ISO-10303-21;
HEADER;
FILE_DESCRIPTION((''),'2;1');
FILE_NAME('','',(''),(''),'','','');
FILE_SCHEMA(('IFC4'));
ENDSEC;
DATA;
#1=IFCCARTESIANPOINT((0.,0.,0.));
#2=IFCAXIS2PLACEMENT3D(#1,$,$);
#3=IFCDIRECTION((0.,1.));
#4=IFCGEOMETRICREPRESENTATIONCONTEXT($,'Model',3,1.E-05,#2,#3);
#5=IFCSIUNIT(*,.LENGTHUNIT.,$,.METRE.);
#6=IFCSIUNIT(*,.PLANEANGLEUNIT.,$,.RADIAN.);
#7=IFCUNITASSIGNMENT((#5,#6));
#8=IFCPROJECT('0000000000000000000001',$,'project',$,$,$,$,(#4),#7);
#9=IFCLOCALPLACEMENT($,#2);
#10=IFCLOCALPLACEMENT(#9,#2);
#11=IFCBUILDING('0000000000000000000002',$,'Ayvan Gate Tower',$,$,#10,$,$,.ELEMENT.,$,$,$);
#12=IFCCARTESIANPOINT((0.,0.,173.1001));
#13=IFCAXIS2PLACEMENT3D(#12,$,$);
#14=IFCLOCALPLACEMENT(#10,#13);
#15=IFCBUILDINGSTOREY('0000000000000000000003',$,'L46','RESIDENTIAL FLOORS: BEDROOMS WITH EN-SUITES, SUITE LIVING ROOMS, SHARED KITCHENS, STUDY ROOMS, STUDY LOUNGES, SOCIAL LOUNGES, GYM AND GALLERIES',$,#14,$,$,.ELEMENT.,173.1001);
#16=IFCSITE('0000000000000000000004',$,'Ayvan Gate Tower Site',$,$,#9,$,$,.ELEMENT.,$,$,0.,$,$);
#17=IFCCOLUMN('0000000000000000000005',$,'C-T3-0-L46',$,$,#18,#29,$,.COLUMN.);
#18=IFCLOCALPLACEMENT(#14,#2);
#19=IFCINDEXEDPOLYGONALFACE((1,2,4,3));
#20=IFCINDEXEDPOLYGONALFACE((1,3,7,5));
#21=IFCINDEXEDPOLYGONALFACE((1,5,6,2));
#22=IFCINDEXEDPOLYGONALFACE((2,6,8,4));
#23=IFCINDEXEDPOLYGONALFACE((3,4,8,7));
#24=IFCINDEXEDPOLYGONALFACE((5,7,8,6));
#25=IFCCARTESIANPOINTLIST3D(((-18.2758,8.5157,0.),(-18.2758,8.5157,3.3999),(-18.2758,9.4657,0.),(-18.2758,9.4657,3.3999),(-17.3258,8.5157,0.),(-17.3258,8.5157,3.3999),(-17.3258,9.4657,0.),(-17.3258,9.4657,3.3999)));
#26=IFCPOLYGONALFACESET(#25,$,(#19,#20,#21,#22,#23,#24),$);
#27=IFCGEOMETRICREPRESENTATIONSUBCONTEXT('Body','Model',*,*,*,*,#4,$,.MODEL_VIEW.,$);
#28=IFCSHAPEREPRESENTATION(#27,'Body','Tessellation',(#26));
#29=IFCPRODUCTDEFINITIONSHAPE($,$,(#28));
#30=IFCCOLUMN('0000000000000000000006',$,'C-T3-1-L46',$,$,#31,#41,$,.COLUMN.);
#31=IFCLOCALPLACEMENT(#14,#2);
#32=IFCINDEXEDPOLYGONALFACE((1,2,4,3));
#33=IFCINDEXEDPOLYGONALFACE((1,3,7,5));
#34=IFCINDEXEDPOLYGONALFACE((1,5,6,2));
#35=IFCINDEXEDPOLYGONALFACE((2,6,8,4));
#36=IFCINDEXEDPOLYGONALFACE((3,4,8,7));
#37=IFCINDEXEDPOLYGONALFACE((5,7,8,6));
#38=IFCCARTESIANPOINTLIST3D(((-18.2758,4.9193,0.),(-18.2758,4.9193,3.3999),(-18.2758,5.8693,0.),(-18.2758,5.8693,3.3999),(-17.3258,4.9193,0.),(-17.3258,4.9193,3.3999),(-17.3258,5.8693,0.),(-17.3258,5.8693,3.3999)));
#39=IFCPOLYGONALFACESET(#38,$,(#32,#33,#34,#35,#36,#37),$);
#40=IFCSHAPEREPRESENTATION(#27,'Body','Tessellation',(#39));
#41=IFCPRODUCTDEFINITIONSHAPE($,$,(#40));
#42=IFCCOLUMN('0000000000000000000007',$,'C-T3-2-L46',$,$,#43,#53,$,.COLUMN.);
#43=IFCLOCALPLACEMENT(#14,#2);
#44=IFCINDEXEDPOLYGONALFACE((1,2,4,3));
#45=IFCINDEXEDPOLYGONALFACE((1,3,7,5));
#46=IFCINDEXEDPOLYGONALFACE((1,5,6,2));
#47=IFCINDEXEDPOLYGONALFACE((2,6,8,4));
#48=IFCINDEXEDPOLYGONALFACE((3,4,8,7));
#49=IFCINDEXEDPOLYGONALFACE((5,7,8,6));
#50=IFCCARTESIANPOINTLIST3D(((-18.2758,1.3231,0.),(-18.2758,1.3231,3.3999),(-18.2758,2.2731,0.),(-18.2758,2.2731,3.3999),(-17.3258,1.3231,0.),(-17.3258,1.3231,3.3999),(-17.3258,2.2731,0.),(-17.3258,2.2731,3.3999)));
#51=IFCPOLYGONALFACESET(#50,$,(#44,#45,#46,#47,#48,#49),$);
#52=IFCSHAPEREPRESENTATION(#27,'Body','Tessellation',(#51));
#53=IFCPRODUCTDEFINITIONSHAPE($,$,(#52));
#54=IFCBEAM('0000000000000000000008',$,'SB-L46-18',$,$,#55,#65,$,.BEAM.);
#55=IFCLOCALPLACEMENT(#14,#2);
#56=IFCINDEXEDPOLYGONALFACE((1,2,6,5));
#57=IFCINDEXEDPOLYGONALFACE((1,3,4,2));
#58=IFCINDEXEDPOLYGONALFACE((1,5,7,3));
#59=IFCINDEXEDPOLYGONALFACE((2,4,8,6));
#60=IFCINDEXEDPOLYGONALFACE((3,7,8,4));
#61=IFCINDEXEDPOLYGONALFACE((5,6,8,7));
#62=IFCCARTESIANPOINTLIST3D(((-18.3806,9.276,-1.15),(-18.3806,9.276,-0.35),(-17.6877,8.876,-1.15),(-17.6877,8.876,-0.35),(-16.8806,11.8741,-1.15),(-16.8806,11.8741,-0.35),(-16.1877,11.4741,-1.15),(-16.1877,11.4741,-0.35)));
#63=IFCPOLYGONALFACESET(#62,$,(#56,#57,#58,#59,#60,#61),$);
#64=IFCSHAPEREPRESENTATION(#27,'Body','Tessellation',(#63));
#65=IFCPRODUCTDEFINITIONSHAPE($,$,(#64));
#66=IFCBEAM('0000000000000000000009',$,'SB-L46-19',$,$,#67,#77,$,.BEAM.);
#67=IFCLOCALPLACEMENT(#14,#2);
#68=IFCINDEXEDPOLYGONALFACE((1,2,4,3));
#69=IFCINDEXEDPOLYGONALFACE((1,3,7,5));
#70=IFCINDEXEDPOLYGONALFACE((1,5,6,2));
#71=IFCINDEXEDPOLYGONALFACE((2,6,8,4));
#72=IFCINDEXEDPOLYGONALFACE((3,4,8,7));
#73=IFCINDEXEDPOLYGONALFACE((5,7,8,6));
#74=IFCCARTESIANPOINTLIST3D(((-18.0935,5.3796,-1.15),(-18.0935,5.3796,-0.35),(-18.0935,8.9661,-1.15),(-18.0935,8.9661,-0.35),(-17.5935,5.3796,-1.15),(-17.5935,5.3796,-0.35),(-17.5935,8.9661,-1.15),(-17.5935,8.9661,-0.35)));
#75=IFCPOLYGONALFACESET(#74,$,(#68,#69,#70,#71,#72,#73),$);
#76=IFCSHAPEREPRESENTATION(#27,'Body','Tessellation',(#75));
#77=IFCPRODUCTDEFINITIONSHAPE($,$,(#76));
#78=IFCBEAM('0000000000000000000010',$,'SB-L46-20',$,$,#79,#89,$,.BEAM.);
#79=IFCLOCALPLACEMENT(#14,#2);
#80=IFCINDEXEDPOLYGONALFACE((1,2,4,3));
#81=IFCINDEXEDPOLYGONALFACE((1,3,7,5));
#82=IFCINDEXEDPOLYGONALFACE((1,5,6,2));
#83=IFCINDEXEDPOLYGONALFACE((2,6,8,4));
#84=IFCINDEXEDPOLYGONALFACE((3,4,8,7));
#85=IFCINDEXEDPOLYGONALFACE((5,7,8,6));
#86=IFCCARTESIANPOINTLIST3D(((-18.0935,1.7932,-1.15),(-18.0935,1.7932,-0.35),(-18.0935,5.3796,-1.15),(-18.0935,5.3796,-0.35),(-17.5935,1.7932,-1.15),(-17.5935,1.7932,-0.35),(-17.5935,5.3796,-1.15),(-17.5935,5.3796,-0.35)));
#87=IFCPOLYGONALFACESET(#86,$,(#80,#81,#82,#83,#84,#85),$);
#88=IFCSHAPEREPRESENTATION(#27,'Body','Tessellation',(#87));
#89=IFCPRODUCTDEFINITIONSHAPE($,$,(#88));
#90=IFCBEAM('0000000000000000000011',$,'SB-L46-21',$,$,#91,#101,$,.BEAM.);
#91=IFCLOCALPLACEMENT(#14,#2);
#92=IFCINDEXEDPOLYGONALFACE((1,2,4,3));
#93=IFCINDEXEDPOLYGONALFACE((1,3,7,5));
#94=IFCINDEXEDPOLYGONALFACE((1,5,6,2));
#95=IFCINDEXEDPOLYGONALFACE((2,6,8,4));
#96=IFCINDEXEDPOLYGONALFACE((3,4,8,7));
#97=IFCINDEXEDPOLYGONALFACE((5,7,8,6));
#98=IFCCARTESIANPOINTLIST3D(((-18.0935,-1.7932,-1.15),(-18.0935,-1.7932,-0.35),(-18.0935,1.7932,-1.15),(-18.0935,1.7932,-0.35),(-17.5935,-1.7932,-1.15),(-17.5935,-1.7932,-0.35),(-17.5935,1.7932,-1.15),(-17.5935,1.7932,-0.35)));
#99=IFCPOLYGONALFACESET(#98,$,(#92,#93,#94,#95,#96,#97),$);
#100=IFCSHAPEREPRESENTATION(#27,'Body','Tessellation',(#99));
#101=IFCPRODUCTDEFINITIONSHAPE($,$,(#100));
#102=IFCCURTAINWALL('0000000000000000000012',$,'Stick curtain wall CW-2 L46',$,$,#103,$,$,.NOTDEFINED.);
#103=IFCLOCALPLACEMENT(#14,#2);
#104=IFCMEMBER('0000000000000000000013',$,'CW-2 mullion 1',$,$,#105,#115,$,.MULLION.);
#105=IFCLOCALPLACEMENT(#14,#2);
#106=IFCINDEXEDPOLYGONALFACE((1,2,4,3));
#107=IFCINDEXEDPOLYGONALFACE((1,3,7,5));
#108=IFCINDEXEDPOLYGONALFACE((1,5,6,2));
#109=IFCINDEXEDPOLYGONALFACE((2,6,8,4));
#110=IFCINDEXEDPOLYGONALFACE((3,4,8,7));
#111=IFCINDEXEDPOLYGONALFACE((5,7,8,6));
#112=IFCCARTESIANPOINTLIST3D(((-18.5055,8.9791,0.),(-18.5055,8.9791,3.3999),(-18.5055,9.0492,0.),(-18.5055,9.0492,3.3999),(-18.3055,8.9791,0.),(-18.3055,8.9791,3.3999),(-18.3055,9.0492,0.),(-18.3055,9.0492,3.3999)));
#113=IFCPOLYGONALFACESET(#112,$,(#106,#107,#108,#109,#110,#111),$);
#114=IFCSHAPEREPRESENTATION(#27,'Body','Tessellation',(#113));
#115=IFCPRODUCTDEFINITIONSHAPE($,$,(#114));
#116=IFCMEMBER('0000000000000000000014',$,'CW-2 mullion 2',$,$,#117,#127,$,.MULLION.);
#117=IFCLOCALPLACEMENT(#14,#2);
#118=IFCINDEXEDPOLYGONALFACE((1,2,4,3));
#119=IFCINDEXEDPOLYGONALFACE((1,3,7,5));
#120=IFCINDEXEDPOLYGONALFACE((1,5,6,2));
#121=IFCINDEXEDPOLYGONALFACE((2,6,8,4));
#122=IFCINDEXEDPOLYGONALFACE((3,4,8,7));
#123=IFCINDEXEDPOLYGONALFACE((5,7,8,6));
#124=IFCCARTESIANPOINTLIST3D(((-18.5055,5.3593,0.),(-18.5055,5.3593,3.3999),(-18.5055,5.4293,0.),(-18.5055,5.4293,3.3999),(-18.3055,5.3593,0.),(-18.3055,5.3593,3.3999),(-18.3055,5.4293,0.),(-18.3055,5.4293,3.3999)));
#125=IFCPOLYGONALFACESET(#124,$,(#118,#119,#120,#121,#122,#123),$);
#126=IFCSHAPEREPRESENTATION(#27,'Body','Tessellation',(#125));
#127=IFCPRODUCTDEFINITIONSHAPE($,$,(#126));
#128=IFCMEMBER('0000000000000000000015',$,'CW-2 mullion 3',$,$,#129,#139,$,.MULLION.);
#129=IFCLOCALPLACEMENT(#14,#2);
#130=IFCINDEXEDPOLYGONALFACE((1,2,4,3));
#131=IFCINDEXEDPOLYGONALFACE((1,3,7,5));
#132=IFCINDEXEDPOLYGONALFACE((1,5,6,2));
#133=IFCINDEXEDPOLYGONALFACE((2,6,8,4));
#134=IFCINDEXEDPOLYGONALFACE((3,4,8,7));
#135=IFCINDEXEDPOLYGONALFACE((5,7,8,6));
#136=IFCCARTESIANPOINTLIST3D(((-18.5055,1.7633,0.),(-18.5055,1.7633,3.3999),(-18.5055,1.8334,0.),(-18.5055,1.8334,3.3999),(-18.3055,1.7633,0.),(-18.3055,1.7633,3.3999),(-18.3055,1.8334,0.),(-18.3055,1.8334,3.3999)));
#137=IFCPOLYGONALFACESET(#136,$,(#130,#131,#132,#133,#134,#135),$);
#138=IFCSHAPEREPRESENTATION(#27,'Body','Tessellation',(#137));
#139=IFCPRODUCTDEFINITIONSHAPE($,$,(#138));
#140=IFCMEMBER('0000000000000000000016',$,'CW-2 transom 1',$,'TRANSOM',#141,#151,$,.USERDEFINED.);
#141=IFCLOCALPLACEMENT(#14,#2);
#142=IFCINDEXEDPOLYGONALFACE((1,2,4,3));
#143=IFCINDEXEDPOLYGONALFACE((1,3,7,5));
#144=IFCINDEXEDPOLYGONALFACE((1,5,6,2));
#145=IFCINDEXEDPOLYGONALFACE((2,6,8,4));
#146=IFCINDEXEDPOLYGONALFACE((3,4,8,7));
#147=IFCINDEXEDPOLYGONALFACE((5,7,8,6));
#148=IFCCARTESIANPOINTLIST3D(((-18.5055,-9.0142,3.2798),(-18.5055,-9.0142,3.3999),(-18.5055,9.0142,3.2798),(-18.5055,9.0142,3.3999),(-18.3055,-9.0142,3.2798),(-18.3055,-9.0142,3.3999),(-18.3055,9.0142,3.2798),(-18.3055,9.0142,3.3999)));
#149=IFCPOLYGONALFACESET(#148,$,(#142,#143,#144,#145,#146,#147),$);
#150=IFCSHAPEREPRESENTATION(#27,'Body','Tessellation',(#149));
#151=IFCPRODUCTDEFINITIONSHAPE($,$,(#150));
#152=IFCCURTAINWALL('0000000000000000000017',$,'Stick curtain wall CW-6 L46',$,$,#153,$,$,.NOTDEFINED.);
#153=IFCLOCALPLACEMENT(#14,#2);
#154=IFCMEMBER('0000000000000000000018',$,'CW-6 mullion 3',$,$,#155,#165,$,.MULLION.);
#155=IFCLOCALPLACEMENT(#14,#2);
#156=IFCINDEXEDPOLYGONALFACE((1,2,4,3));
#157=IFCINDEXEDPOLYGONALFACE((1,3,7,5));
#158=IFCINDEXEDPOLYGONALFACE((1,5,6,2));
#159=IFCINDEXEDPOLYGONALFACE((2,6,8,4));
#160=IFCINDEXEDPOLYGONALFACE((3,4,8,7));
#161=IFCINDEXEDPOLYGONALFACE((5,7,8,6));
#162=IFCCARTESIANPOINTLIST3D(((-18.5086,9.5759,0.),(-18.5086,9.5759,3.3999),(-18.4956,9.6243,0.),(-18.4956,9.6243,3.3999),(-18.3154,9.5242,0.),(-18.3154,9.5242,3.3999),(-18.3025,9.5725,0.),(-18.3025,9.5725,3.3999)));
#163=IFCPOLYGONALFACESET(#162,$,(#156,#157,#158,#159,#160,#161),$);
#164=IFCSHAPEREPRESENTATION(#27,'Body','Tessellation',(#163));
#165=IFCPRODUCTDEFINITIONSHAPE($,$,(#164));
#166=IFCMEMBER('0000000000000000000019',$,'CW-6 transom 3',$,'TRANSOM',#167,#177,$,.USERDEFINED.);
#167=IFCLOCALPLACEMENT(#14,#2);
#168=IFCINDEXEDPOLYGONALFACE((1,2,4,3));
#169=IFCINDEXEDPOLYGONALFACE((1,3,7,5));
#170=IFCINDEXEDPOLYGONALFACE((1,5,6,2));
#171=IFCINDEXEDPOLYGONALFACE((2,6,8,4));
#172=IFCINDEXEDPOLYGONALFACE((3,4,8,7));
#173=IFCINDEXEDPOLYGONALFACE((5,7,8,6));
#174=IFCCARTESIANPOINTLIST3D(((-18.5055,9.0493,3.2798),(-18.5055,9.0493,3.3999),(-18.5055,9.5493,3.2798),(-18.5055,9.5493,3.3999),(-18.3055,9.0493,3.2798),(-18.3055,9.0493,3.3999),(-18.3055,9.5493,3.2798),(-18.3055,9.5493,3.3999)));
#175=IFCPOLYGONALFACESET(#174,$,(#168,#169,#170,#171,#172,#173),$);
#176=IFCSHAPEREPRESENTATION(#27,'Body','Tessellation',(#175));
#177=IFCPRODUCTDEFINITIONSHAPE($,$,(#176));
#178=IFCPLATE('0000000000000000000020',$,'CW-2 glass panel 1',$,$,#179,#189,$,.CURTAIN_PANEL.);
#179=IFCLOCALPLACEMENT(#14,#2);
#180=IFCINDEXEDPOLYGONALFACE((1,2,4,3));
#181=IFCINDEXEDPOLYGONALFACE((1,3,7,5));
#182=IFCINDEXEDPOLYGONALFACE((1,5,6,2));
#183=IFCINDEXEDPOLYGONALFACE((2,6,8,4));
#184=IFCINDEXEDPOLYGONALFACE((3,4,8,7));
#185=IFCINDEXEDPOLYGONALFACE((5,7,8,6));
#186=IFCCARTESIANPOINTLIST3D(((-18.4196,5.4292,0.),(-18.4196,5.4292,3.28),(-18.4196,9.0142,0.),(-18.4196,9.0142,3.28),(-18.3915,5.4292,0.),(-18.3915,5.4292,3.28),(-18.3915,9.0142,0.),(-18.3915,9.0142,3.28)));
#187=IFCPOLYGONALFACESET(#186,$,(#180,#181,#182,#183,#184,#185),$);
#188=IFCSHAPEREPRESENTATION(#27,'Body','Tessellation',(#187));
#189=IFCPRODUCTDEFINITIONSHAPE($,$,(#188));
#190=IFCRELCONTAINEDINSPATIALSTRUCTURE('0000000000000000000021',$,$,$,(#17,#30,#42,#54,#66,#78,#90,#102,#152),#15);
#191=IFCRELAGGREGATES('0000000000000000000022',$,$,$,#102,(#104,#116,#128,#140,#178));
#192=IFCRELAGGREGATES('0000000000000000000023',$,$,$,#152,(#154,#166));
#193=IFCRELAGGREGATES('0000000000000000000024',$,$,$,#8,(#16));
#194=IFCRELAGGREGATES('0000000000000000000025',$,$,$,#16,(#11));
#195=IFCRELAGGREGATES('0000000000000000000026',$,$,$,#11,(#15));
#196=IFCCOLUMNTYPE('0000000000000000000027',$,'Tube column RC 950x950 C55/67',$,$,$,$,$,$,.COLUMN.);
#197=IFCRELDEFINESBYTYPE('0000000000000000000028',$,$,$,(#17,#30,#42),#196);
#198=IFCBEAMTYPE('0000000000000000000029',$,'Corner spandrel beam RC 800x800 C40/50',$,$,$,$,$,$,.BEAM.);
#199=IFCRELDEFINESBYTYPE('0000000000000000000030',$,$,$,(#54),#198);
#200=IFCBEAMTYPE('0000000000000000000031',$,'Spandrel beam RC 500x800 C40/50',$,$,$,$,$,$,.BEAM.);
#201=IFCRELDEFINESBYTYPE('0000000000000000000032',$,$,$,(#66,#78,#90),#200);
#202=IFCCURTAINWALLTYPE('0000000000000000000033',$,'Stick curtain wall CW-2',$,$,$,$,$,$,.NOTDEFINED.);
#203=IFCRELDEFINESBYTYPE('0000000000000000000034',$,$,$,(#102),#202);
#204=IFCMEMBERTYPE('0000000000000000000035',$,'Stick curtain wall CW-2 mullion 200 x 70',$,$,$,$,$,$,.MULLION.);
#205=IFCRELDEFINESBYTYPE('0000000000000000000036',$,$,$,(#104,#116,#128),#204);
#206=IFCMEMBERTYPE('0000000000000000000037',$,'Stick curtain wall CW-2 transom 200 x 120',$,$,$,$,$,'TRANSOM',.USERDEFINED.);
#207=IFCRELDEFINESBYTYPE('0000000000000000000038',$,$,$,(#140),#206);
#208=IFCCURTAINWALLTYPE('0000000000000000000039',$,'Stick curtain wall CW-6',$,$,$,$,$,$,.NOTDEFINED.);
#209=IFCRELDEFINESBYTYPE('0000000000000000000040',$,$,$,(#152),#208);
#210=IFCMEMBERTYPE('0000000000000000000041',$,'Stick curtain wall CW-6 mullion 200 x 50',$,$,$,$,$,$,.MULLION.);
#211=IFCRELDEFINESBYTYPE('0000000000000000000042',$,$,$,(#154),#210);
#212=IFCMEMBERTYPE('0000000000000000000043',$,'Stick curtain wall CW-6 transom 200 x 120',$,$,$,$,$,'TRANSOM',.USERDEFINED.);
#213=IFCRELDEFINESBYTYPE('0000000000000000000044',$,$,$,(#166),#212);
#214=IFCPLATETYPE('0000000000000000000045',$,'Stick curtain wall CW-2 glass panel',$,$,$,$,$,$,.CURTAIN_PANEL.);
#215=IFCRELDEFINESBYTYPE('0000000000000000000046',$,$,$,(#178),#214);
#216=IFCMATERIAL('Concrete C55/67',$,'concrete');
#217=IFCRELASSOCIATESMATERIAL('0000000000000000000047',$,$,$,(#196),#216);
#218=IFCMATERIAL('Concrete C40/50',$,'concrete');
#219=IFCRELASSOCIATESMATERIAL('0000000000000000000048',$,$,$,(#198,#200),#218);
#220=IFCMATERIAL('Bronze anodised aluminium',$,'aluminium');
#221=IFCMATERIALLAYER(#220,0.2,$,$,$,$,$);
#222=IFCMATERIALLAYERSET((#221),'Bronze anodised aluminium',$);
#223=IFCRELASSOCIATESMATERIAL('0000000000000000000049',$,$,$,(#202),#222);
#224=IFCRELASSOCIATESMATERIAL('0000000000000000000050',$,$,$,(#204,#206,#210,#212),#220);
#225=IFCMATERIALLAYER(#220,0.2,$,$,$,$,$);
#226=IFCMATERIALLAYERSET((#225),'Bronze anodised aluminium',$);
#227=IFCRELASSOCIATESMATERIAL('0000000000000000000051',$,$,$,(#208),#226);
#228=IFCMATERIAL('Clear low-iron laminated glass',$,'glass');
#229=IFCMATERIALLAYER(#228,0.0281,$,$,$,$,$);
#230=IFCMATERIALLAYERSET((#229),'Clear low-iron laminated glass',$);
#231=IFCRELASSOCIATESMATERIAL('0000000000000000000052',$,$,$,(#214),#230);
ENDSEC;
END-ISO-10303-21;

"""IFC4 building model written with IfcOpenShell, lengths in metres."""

from ifc_helpers import new_model, si_unit, direction, frame, origin, origin_2d, place, context, subcontext, project, spatial, rectangle, extrude, material, layer, layer_set, material_profile, profile_set, type_object, element, aggregate, save


model = new_model("IFC4")

# Units and contexts
model_context = context("Model", 3, precision=1e-05, world=origin(), true_north=direction((0.0, 1.0)))
body_context = subcontext(model_context, "Body", "Model", "MODEL_VIEW")
ifc_project = project(units=[si_unit("LENGTHUNIT", "METRE"), si_unit("PLANEANGLEUNIT", "RADIAN")], contexts=[model_context])

# Site, building, storey
site_placement = place(None, origin())
site = spatial("IfcSite", under=ifc_project, at=site_placement, Name="Ayvan Gate Tower Site", CompositionType="ELEMENT", RefElevation=0.0)
building_placement = place(site_placement, origin())
building = spatial("IfcBuilding", under=site, at=building_placement, Name="Ayvan Gate Tower", CompositionType="ELEMENT")
storey_placement = place(building_placement, frame((0.0, 0.0, 173.1001)))
storey = spatial("IfcBuildingStorey", under=building, at=storey_placement, Name="L46", Description="RESIDENTIAL FLOORS: BEDROOMS WITH EN-SUITES, SUITE LIVING ROOMS, SHARED KITCHENS, STUDY ROOMS, STUDY LOUNGES, SOCIAL LOUNGES, GYM AND GALLERIES", CompositionType="ELEMENT", Elevation=173.1001)

# Columns
ifc_material_1 = material(Name="Concrete C55/67", Category="concrete")
ifc_material_profile_1 = material_profile(ifc_material_1, rectangle(XDim=0.95, YDim=0.95, at=origin_2d()), Name="RC 950x950")
ifc_profile_set_1 = profile_set([ifc_material_profile_1], Name="Concrete C55/67")
column_type = type_object("IfcColumnType", Name="Tube column RC 950x950 C55/67", PredefinedType="COLUMN", material=ifc_profile_set_1)
for number, where, z_axis, x_axis, name in (
    (1, (-17.8008, 8.9907, 0.0), (0.0, 0.0, 1.0), (-1.0, 0.0, 0.0), "C-T3-0-L46"),
    (2, (-17.8008, 5.3943, 0.0), (0.0, 0.0, 1.0), (-1.0, 0.0, 0.0), "C-T3-1-L46"),
    (3, (-17.8008, 1.7981, 0.0), (0.0, 0.0, 1.0), (-1.0, 0.0, 0.0), "C-T3-2-L46"),
):
    element("IfcColumn", number, at=place(storey_placement, frame(where, z_axis=z_axis, x_axis=x_axis)), inside=storey, type_object=column_type, Name=name, PredefinedType="COLUMN", context=body_context, shape_type="SweptSolid", body=[
        extrude(rectangle(XDim=0.95, YDim=0.95, at=origin_2d()), origin(), (0.0, 0.0, 1.0), 3.3999),
    ])

# Beams
ifc_material_2 = material(Name="Concrete C40/50", Category="concrete")
ifc_material_profile_2 = material_profile(ifc_material_2, rectangle(XDim=0.8, YDim=0.8, at=origin_2d()), Name="RC 800x800")
ifc_profile_set_2 = profile_set([ifc_material_profile_2], Name="Concrete C40/50")
beam_type_1 = type_object("IfcBeamType", Name="Corner spandrel beam RC 800x800 C40/50", PredefinedType="BEAM", material=ifc_profile_set_2)
beam_placement = place(storey_placement, frame((-16.5342, 11.6741, -0.75), z_axis=(-0.49999, -0.866031, 0.0), x_axis=(0.866031, -0.49999, 0.0)))
element("IfcBeam", 4, at=beam_placement, inside=storey, type_object=beam_type_1, Name="SB-L46-18", PredefinedType="BEAM", context=body_context, shape_type="SweptSolid", body=[
    extrude(rectangle(XDim=0.8, YDim=0.8, at=origin_2d()), origin(), (0.0, 0.0, 1.0), 3.0),
])
ifc_material_profile_3 = material_profile(ifc_material_2, rectangle(XDim=0.5, YDim=0.8, at=origin_2d()), Name="RC 500x800")
ifc_profile_set_3 = profile_set([ifc_material_profile_3], Name="Concrete C40/50")
beam_type_2 = type_object("IfcBeamType", Name="Spandrel beam RC 500x800 C40/50", PredefinedType="BEAM", material=ifc_profile_set_3)
for number, where, z_axis, x_axis, name in (
    (5, (-17.8435, 8.9661, -0.75), (0.0, -1.0, 0.0), (1.0, 0.0, 0.0), "SB-L46-19"),
    (6, (-17.8435, 5.3796, -0.75), (0.0, -1.0, 0.0), (1.0, 0.0, 0.0), "SB-L46-20"),
    (7, (-17.8435, 1.7932, -0.75), (0.0, -1.0, 0.0), (1.0, 0.0, 0.0), "SB-L46-21"),
):
    element("IfcBeam", number, at=place(storey_placement, frame(where, z_axis=z_axis, x_axis=x_axis)), inside=storey, type_object=beam_type_2, Name=name, PredefinedType="BEAM", context=body_context, shape_type="SweptSolid", body=[
        extrude(rectangle(XDim=0.5, YDim=0.8, at=origin_2d()), origin(), (0.0, 0.0, 1.0), 3.5864),
    ])

# Curtain walls, members
ifc_material_3 = material(Name="Bronze anodised aluminium", Category="aluminium")
ifc_layer_1 = layer(ifc_material_3, 0.2)
ifc_layer_set_1 = layer_set([ifc_layer_1], Name="Bronze anodised aluminium")
curtain_wall_type_1 = type_object("IfcCurtainWallType", Name="Stick curtain wall CW-2", PredefinedType="NOTDEFINED", material=ifc_layer_set_1)
curtain_wall_1_placement = place(storey_placement, origin())
curtain_wall_1 = element("IfcCurtainWall", 8, at=curtain_wall_1_placement, inside=storey, type_object=curtain_wall_type_1, Name="Stick curtain wall CW-2 L46", PredefinedType="NOTDEFINED")
ifc_material_profile_4 = material_profile(ifc_material_3, rectangle(XDim=0.2, YDim=0.0701, at=origin_2d()), Name="Stick curtain wall CW-2 mullion 200 x 70")
ifc_profile_set_4 = profile_set([ifc_material_profile_4], Name="Bronze anodised aluminium")
member_type_1 = type_object("IfcMemberType", Name="Stick curtain wall CW-2 mullion 200 x 70", PredefinedType="MULLION", material=ifc_profile_set_4)
member_1_placement = place(storey_placement, frame((-18.4055, 9.0142, 0.0), z_axis=(0.0, 0.0, 1.0), x_axis=(-1.0, 0.0, 0.0)))
member_1 = element("IfcMember", 9, at=member_1_placement, type_object=member_type_1, Name="CW-2 mullion 1", PredefinedType="MULLION", context=body_context, shape_type="SweptSolid", body=[
    extrude(rectangle(XDim=0.2, YDim=0.0701, at=origin_2d()), origin(), (0.0, 0.0, 1.0), 3.3999),
])
member_2_placement = place(storey_placement, frame((-18.4055, 5.3943, 0.0), z_axis=(0.0, 0.0, 1.0), x_axis=(-1.0, 0.0, 0.0)))
member_2 = element("IfcMember", 10, at=member_2_placement, type_object=member_type_1, Name="CW-2 mullion 2", PredefinedType="MULLION", context=body_context, shape_type="SweptSolid", body=[
    extrude(rectangle(XDim=0.2, YDim=0.0701, at=origin_2d()), origin(), (0.0, 0.0, 1.0), 3.3999),
])
member_3_placement = place(storey_placement, frame((-18.4055, 1.7983, 0.0), z_axis=(0.0, 0.0, 1.0), x_axis=(-1.0, 0.0, 0.0)))
member_3 = element("IfcMember", 11, at=member_3_placement, type_object=member_type_1, Name="CW-2 mullion 3", PredefinedType="MULLION", context=body_context, shape_type="SweptSolid", body=[
    extrude(rectangle(XDim=0.2, YDim=0.0701, at=origin_2d()), origin(), (0.0, 0.0, 1.0), 3.3999),
])
ifc_material_profile_5 = material_profile(ifc_material_3, rectangle(XDim=0.2, YDim=0.1201, at=origin_2d()), Name="Stick curtain wall CW-2 transom 200 x 120")
ifc_profile_set_5 = profile_set([ifc_material_profile_5], Name="Bronze anodised aluminium")
member_type_2 = type_object("IfcMemberType", Name="Stick curtain wall CW-2 transom 200 x 120", ElementType="TRANSOM", PredefinedType="USERDEFINED", material=ifc_profile_set_5)
member_4_placement = place(storey_placement, frame((-18.4055, 9.0142, 3.3398), z_axis=(0.0, -1.0, 0.0), x_axis=(1.0, 0.0, 0.0)))
member_4 = element("IfcMember", 12, at=member_4_placement, type_object=member_type_2, Name="CW-2 transom 1", ObjectType="TRANSOM", PredefinedType="USERDEFINED", context=body_context, shape_type="SweptSolid", body=[
    extrude(rectangle(XDim=0.2, YDim=0.1201, at=origin_2d()), origin(), (0.0, 0.0, 1.0), 18.0283),
])
ifc_layer_2 = layer(ifc_material_3, 0.2)
ifc_layer_set_2 = layer_set([ifc_layer_2], Name="Bronze anodised aluminium")
curtain_wall_type_2 = type_object("IfcCurtainWallType", Name="Stick curtain wall CW-6", PredefinedType="NOTDEFINED", material=ifc_layer_set_2)
curtain_wall_2_placement = place(storey_placement, origin())
curtain_wall_2 = element("IfcCurtainWall", 13, at=curtain_wall_2_placement, inside=storey, type_object=curtain_wall_type_2, Name="Stick curtain wall CW-6 L46", PredefinedType="NOTDEFINED")
ifc_material_profile_6 = material_profile(ifc_material_3, rectangle(XDim=0.2, YDim=0.05, at=origin_2d()), Name="Stick curtain wall CW-6 mullion 200 x 50")
ifc_profile_set_6 = profile_set([ifc_material_profile_6], Name="Bronze anodised aluminium")
member_type_3 = type_object("IfcMemberType", Name="Stick curtain wall CW-6 mullion 200 x 50", PredefinedType="MULLION", material=ifc_profile_set_6)
member_5_placement = place(storey_placement, frame((-18.4055, 9.5742, 0.0), z_axis=(0.0, 0.0, 1.0), x_axis=(-0.965926, 0.258819, 0.0)))
member_5 = element("IfcMember", 14, at=member_5_placement, type_object=member_type_3, Name="CW-6 mullion 3", PredefinedType="MULLION", context=body_context, shape_type="SweptSolid", body=[
    extrude(rectangle(XDim=0.2, YDim=0.05, at=origin_2d()), origin(), (0.0, 0.0, 1.0), 3.3999),
])
ifc_material_profile_7 = material_profile(ifc_material_3, rectangle(XDim=0.2, YDim=0.1201, at=origin_2d()), Name="Stick curtain wall CW-6 transom 200 x 120")
ifc_profile_set_7 = profile_set([ifc_material_profile_7], Name="Bronze anodised aluminium")
member_type_4 = type_object("IfcMemberType", Name="Stick curtain wall CW-6 transom 200 x 120", ElementType="TRANSOM", PredefinedType="USERDEFINED", material=ifc_profile_set_7)
member_6_placement = place(storey_placement, frame((-18.4055, 9.5493, 3.3398), z_axis=(0.0, -1.0, 0.0), x_axis=(1.0, 0.0, 0.0)))
member_6 = element("IfcMember", 15, at=member_6_placement, type_object=member_type_4, Name="CW-6 transom 3", ObjectType="TRANSOM", PredefinedType="USERDEFINED", context=body_context, shape_type="SweptSolid", body=[
    extrude(rectangle(XDim=0.2, YDim=0.1201, at=origin_2d()), origin(), (0.0, 0.0, 1.0), 0.5),
])

# Plate
ifc_material_4 = material(Name="Clear low-iron laminated glass", Category="glass")
ifc_layer_3 = layer(ifc_material_4, 0.0281)
ifc_layer_set_3 = layer_set([ifc_layer_3], Name="Clear low-iron laminated glass")
plate_type_1 = type_object("IfcPlateType", Name="Stick curtain wall CW-2 glass panel", PredefinedType="CURTAIN_PANEL", material=ifc_layer_set_3)
plate_1_placement = place(storey_placement, frame((-18.4055, 7.2217, 0.0), z_axis=(0.0, 0.0, 1.0), x_axis=(0.0, -1.0, 0.0)))
plate_1 = element("IfcPlate", 16, at=plate_1_placement, type_object=plate_type_1, Name="CW-2 glass panel 1", PredefinedType="CURTAIN_PANEL", context=body_context, shape_type="SweptSolid", body=[
    extrude(rectangle(XDim=3.585, YDim=0.0281, at=origin_2d()), origin(), (0.0, 0.0, 1.0), 3.28),
])
aggregate(curtain_wall_1, [member_1, member_2, member_3, member_4, plate_1])
aggregate(curtain_wall_2, [member_5, member_6])

save(model, "model.ifc")
